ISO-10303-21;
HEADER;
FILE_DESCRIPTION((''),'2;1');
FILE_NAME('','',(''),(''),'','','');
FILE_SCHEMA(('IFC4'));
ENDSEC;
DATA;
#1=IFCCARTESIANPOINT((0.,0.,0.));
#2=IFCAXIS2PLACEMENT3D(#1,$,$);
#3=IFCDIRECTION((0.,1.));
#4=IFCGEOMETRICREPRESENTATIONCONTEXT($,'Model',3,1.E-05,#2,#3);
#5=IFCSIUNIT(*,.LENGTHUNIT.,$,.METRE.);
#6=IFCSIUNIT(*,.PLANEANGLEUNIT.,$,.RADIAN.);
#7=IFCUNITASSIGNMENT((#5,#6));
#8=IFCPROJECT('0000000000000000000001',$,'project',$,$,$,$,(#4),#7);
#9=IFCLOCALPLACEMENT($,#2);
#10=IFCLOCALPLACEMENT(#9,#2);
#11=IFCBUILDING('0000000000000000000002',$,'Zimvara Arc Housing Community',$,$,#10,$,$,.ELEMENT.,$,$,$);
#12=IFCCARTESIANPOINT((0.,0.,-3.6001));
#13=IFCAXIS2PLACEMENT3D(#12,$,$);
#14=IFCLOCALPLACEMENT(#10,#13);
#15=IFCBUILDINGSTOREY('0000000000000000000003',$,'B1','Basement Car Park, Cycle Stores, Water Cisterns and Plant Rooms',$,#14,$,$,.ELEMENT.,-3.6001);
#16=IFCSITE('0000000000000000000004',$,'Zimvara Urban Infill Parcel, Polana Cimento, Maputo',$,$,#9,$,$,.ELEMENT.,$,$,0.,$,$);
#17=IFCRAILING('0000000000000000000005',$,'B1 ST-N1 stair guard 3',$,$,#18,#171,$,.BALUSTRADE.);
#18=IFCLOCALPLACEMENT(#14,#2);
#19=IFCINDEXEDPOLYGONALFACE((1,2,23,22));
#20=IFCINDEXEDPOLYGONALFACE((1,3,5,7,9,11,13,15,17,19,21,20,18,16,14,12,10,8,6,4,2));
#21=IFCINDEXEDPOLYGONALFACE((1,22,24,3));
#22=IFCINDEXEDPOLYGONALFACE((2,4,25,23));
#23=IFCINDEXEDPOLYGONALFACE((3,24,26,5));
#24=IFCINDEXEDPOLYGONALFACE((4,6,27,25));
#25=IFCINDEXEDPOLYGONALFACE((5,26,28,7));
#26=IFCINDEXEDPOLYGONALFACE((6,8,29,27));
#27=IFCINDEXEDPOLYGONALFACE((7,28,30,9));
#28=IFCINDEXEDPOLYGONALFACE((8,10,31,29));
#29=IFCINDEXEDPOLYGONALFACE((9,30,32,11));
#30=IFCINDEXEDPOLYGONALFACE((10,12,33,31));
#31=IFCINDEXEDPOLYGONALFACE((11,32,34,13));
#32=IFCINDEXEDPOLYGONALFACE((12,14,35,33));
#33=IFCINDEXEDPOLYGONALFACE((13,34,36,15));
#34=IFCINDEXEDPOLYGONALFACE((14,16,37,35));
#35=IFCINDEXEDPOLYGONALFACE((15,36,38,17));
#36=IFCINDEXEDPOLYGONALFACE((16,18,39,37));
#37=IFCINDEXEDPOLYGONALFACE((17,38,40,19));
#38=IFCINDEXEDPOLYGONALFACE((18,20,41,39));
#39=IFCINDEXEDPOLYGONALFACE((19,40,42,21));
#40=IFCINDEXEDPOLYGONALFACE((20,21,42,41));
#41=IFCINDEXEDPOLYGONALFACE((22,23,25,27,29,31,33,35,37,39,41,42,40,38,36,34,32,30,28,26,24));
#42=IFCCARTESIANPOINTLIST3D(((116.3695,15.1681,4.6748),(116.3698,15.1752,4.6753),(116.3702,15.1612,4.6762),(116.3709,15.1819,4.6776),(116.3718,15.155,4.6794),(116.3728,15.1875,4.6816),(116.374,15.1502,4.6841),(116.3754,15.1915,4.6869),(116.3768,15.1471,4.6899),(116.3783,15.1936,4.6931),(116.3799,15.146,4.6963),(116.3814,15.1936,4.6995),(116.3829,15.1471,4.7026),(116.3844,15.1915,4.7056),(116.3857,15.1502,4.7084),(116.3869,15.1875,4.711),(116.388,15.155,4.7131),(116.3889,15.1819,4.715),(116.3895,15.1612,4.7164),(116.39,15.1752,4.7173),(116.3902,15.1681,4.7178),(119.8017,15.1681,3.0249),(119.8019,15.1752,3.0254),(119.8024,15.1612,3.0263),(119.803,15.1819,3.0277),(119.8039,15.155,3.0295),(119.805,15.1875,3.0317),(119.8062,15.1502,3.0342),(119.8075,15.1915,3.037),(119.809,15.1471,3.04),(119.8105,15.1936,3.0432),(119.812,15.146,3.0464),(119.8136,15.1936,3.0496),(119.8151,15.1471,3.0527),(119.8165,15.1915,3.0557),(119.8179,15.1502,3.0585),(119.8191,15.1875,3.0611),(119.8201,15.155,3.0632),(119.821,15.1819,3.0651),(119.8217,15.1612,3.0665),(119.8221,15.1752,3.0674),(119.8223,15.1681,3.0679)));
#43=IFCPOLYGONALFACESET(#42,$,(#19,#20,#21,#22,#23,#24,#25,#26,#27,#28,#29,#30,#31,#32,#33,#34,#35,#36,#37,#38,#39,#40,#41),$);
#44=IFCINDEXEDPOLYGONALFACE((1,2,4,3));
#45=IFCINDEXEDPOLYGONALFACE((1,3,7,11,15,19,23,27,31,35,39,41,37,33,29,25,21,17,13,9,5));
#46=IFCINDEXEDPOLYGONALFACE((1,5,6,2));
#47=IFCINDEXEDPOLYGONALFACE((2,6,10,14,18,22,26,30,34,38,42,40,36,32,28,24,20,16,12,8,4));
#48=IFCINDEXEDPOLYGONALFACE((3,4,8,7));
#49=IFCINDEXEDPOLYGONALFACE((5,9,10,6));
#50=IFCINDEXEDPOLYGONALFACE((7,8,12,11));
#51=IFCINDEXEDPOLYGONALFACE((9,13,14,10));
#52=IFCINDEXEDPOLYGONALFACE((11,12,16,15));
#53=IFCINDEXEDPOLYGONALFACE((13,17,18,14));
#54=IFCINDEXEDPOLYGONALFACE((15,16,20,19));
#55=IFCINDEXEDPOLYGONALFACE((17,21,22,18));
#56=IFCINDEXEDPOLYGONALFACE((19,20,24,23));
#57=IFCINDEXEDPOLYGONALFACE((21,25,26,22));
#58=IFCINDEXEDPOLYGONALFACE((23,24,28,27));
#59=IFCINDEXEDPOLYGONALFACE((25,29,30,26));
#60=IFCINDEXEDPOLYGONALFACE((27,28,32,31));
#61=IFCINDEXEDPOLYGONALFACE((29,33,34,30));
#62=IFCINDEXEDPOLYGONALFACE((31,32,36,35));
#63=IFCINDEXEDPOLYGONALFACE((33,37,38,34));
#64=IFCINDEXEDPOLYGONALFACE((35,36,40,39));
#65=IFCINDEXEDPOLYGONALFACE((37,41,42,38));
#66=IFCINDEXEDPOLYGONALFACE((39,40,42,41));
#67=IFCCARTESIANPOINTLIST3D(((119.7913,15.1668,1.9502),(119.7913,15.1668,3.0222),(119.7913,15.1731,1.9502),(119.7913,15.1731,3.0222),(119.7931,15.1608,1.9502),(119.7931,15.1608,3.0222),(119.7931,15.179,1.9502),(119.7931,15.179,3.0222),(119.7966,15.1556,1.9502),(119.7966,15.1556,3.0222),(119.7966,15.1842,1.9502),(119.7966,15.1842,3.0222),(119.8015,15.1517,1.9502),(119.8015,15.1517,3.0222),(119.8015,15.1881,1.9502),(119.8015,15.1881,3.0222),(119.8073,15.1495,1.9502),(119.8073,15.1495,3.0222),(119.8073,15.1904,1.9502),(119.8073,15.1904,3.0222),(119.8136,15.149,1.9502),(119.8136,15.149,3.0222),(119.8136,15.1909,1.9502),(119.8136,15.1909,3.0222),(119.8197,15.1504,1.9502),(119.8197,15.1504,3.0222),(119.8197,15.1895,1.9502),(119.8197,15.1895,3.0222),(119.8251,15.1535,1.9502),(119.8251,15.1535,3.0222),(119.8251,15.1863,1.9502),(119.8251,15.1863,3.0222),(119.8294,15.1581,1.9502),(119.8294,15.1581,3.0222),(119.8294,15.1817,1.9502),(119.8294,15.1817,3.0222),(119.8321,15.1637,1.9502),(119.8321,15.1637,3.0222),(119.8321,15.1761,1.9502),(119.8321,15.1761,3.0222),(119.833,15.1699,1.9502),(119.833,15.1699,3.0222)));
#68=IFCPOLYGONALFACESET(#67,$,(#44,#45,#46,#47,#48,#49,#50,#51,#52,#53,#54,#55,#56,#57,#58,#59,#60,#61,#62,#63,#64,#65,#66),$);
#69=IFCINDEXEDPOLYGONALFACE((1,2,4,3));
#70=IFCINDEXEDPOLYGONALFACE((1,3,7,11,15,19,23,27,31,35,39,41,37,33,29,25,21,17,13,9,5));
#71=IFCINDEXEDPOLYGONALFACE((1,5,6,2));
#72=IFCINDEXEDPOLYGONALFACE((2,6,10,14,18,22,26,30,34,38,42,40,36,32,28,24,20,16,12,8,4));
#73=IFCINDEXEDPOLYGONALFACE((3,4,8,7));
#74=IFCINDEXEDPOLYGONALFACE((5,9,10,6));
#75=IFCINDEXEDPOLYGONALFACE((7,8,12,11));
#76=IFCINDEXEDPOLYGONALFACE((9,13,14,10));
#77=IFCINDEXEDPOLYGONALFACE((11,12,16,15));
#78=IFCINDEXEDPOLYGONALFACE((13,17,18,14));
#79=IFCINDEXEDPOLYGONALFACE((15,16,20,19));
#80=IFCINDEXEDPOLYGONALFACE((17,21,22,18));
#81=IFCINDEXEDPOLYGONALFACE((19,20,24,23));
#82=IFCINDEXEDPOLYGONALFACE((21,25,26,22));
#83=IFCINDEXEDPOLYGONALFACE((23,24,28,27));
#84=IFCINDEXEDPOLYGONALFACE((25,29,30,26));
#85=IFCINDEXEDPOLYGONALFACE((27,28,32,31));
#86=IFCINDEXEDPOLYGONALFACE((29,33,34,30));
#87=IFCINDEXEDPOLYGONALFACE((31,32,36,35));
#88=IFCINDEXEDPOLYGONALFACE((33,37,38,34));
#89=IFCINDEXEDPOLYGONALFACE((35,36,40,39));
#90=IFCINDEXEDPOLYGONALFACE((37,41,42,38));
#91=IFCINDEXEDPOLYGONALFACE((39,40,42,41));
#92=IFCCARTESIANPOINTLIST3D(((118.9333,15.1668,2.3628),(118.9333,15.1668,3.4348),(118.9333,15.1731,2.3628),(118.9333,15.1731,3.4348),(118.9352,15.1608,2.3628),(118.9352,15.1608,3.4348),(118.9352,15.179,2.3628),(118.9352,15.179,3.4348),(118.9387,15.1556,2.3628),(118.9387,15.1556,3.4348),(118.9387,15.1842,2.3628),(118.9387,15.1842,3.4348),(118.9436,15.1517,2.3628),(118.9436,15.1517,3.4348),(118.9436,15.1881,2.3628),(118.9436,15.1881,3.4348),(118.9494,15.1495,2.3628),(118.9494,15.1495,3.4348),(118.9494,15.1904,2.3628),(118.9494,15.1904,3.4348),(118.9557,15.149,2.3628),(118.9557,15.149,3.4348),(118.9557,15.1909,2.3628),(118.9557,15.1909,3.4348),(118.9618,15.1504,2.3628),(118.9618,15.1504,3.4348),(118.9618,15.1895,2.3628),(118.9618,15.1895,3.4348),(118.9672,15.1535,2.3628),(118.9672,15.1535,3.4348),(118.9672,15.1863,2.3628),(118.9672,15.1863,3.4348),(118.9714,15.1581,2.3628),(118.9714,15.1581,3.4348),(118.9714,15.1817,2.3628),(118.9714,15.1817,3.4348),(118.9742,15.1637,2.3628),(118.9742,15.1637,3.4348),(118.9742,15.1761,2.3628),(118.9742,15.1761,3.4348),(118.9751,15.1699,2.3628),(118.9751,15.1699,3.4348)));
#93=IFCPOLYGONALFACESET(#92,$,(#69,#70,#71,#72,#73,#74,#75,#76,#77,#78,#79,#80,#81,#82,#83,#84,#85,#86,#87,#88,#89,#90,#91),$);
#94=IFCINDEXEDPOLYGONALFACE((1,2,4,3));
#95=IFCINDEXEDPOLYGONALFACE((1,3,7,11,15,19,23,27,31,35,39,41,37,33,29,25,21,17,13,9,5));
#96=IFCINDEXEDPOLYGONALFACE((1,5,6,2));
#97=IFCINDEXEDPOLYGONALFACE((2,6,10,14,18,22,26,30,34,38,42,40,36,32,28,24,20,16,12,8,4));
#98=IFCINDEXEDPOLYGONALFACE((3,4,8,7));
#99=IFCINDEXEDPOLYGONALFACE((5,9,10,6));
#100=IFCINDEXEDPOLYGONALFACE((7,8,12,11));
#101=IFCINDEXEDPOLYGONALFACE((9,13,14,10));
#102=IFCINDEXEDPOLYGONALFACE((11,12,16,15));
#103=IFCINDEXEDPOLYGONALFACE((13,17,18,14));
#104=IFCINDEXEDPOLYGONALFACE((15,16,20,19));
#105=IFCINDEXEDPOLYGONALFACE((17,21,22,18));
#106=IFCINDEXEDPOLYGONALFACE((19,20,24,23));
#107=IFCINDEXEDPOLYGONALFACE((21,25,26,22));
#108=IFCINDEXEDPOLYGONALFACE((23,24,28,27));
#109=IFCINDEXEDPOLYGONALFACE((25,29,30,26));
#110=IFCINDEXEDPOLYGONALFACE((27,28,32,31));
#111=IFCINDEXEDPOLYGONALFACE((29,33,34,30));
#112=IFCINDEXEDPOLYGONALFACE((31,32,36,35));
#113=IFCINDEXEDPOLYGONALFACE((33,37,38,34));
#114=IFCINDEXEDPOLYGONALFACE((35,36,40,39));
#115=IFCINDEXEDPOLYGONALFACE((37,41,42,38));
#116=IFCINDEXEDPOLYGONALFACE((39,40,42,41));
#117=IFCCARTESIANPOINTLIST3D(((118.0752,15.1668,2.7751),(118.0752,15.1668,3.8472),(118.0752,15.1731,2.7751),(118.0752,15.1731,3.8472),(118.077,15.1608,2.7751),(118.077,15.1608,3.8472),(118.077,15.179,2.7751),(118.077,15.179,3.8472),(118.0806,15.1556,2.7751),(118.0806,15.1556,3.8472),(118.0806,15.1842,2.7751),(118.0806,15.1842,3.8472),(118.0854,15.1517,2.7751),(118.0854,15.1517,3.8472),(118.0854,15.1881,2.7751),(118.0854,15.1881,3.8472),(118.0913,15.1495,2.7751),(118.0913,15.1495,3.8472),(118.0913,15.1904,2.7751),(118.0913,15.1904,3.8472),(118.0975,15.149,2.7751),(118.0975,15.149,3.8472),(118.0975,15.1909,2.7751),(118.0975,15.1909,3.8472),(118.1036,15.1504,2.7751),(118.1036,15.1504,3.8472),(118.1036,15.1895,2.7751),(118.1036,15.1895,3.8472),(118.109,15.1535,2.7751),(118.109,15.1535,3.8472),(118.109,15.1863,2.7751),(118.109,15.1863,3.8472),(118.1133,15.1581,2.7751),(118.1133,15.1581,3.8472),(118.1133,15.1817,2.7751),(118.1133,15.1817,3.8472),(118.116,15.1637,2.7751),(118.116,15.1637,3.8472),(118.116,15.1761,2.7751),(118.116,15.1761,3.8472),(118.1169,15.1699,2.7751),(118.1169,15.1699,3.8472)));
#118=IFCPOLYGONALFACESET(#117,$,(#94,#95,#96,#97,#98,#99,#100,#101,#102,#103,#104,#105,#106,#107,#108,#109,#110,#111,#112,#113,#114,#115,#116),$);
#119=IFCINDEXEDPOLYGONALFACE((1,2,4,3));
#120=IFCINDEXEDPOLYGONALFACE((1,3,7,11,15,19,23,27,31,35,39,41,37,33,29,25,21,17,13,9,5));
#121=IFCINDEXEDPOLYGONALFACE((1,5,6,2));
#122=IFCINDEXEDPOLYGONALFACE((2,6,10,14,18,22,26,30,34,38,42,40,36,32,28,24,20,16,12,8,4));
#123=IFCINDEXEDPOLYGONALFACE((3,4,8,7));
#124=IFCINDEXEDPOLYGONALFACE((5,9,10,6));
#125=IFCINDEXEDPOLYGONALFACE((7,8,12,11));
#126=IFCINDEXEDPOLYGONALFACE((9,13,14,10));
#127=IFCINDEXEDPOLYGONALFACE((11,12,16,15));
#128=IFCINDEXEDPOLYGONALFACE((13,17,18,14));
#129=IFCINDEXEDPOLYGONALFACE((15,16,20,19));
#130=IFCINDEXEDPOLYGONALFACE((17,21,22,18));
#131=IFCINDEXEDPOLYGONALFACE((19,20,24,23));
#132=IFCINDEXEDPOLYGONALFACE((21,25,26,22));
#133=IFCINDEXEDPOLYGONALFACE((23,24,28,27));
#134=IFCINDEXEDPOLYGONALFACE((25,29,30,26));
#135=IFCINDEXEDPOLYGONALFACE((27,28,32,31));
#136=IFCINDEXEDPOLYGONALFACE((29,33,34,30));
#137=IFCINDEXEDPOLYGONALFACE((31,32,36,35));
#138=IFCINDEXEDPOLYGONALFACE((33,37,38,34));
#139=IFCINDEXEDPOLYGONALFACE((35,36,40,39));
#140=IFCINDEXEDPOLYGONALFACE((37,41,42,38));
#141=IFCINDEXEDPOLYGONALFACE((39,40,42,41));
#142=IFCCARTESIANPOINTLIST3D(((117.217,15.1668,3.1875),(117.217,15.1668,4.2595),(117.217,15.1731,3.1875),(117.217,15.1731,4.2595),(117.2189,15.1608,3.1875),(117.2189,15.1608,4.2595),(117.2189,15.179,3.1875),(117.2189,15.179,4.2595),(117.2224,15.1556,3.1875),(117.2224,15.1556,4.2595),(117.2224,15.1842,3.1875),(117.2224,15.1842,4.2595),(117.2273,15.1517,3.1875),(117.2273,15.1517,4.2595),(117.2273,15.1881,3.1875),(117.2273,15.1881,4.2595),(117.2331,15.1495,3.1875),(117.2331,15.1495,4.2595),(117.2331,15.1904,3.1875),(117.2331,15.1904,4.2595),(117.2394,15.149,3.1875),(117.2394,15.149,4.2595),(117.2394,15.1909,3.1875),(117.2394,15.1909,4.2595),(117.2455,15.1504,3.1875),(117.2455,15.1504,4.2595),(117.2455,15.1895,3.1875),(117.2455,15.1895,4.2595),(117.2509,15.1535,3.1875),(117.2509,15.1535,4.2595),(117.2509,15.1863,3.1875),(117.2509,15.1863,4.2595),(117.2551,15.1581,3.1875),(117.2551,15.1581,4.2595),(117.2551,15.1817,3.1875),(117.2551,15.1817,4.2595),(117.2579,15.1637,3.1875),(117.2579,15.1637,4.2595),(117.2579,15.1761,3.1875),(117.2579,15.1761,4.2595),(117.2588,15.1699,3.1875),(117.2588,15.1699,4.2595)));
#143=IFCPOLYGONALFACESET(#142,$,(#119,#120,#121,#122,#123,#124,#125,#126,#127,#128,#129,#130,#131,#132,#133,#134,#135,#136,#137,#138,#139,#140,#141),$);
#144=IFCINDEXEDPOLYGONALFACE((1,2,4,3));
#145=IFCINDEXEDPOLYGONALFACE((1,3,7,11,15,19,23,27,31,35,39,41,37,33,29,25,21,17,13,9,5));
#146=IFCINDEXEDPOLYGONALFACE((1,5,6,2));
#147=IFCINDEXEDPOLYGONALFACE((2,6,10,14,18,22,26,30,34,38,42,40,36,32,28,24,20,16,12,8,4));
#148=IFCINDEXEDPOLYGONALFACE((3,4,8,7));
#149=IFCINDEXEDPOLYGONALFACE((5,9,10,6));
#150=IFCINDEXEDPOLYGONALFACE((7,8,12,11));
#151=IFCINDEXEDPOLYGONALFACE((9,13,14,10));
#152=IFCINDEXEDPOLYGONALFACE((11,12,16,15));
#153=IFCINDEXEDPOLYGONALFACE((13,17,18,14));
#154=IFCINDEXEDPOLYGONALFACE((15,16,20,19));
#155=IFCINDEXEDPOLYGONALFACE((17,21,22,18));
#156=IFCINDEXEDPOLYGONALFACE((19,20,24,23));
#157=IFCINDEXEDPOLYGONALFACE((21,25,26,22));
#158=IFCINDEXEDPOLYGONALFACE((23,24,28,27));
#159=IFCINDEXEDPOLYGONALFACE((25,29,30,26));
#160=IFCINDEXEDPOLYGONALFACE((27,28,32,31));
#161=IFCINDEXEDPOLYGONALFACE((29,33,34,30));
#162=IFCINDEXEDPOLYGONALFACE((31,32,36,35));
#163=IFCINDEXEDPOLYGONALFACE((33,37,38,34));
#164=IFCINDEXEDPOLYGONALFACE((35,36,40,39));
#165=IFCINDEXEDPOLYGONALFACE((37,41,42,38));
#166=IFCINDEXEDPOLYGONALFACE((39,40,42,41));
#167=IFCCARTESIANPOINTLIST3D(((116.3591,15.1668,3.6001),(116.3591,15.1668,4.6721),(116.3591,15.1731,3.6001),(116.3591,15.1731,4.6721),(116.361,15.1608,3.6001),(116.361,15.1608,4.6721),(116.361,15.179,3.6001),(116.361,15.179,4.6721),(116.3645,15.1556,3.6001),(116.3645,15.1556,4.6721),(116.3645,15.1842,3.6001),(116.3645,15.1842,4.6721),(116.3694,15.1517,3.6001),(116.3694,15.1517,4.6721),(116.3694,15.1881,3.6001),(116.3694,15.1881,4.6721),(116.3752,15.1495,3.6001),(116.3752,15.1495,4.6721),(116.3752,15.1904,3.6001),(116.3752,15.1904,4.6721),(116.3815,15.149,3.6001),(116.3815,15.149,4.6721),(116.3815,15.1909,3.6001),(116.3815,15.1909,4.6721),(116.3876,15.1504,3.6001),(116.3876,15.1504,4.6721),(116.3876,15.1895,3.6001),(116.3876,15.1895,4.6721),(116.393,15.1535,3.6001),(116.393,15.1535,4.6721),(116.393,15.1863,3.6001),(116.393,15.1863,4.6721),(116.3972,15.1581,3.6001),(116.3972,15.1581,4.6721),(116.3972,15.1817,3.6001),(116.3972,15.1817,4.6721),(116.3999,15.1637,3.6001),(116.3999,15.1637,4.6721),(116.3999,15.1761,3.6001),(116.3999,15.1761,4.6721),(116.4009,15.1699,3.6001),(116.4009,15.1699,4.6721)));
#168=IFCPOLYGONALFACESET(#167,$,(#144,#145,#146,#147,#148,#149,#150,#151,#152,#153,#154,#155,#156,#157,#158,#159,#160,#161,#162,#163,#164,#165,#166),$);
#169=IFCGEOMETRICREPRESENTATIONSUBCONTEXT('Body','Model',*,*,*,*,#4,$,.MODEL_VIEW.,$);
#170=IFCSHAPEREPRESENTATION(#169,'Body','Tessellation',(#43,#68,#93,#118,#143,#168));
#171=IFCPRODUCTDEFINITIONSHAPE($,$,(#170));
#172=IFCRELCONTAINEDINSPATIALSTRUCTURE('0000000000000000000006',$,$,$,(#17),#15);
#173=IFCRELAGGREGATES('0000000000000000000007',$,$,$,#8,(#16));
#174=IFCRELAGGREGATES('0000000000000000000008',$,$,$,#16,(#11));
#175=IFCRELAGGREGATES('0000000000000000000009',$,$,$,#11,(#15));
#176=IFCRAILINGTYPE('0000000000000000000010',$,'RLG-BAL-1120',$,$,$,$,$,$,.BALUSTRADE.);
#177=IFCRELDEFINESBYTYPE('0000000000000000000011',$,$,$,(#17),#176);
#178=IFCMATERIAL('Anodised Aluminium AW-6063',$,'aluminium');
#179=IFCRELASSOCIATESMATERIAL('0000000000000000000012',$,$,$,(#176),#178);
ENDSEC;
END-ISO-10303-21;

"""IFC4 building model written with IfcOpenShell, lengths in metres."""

from ifc_helpers import new_model, si_unit, direction, frame, origin, origin_2d, place, context, subcontext, project, spatial, circle, extrude, material, type_object, element, save


model = new_model("IFC4")

# Units and contexts
model_context = context("Model", 3, precision=1e-05, world=origin(), true_north=direction((0.0, 1.0)))
body_context = subcontext(model_context, "Body", "Model", "MODEL_VIEW")
ifc_project = project(units=[si_unit("LENGTHUNIT", "METRE"), si_unit("PLANEANGLEUNIT", "RADIAN")], contexts=[model_context])

# Site, building, storey
site_placement = place(None, origin())
site = spatial("IfcSite", under=ifc_project, at=site_placement, Name="Zimvara Urban Infill Parcel, Polana Cimento, Maputo", CompositionType="ELEMENT", RefElevation=0.0)
building_placement = place(site_placement, origin())
building = spatial("IfcBuilding", under=site, at=building_placement, Name="Zimvara Arc Housing Community", CompositionType="ELEMENT")
storey_placement = place(building_placement, frame((0.0, 0.0, -3.6001)))
storey = spatial("IfcBuildingStorey", under=building, at=storey_placement, Name="B1", Description="Basement Car Park, Cycle Stores, Water Cisterns and Plant Rooms", CompositionType="ELEMENT", Elevation=-3.6001)

# Railing
ifc_material_1 = material(Name="Anodised Aluminium AW-6063", Category="aluminium")
railing_type_1 = type_object("IfcRailingType", Name="RLG-BAL-1120", PredefinedType="BALUSTRADE", material=ifc_material_1)
railing_1_placement = place(storey_placement, frame((119.812, 15.1699, 1.9502)))
element("IfcRailing", 1, at=railing_1_placement, inside=storey, type_object=railing_type_1, Name="B1 ST-N1 stair guard 3", PredefinedType="BALUSTRADE", context=body_context, shape_type="SweptSolid", body=[
    extrude(circle(Radius=0.0239, at=origin_2d()), frame((0.0, 0.0, 1.0962), z_axis=(-0.901269, 0.0, 0.43326), x_axis=(0.0, -1.0, 0.0)), (0.0, 0.0, 1.0), 3.8081),
    extrude(circle(Radius=0.021, at=origin_2d()), origin(), (0.0, 0.0, 1.0), 1.072),
    extrude(circle(Radius=0.021, at=origin_2d()), frame((-0.8579, 0.0, 0.4126)), (0.0, 0.0, 1.0), 1.072),
    extrude(circle(Radius=0.021, at=origin_2d()), frame((-1.7161, 0.0, 0.825)), (0.0, 0.0, 1.0), 1.072),
    extrude(circle(Radius=0.021, at=origin_2d()), frame((-2.5742, 0.0, 1.2373)), (0.0, 0.0, 1.0), 1.072),
    extrude(circle(Radius=0.021, at=origin_2d()), frame((-3.4321, 0.0, 1.6499)), (0.0, 0.0, 1.0), 1.072),
])

save(model, "model.ifc")
